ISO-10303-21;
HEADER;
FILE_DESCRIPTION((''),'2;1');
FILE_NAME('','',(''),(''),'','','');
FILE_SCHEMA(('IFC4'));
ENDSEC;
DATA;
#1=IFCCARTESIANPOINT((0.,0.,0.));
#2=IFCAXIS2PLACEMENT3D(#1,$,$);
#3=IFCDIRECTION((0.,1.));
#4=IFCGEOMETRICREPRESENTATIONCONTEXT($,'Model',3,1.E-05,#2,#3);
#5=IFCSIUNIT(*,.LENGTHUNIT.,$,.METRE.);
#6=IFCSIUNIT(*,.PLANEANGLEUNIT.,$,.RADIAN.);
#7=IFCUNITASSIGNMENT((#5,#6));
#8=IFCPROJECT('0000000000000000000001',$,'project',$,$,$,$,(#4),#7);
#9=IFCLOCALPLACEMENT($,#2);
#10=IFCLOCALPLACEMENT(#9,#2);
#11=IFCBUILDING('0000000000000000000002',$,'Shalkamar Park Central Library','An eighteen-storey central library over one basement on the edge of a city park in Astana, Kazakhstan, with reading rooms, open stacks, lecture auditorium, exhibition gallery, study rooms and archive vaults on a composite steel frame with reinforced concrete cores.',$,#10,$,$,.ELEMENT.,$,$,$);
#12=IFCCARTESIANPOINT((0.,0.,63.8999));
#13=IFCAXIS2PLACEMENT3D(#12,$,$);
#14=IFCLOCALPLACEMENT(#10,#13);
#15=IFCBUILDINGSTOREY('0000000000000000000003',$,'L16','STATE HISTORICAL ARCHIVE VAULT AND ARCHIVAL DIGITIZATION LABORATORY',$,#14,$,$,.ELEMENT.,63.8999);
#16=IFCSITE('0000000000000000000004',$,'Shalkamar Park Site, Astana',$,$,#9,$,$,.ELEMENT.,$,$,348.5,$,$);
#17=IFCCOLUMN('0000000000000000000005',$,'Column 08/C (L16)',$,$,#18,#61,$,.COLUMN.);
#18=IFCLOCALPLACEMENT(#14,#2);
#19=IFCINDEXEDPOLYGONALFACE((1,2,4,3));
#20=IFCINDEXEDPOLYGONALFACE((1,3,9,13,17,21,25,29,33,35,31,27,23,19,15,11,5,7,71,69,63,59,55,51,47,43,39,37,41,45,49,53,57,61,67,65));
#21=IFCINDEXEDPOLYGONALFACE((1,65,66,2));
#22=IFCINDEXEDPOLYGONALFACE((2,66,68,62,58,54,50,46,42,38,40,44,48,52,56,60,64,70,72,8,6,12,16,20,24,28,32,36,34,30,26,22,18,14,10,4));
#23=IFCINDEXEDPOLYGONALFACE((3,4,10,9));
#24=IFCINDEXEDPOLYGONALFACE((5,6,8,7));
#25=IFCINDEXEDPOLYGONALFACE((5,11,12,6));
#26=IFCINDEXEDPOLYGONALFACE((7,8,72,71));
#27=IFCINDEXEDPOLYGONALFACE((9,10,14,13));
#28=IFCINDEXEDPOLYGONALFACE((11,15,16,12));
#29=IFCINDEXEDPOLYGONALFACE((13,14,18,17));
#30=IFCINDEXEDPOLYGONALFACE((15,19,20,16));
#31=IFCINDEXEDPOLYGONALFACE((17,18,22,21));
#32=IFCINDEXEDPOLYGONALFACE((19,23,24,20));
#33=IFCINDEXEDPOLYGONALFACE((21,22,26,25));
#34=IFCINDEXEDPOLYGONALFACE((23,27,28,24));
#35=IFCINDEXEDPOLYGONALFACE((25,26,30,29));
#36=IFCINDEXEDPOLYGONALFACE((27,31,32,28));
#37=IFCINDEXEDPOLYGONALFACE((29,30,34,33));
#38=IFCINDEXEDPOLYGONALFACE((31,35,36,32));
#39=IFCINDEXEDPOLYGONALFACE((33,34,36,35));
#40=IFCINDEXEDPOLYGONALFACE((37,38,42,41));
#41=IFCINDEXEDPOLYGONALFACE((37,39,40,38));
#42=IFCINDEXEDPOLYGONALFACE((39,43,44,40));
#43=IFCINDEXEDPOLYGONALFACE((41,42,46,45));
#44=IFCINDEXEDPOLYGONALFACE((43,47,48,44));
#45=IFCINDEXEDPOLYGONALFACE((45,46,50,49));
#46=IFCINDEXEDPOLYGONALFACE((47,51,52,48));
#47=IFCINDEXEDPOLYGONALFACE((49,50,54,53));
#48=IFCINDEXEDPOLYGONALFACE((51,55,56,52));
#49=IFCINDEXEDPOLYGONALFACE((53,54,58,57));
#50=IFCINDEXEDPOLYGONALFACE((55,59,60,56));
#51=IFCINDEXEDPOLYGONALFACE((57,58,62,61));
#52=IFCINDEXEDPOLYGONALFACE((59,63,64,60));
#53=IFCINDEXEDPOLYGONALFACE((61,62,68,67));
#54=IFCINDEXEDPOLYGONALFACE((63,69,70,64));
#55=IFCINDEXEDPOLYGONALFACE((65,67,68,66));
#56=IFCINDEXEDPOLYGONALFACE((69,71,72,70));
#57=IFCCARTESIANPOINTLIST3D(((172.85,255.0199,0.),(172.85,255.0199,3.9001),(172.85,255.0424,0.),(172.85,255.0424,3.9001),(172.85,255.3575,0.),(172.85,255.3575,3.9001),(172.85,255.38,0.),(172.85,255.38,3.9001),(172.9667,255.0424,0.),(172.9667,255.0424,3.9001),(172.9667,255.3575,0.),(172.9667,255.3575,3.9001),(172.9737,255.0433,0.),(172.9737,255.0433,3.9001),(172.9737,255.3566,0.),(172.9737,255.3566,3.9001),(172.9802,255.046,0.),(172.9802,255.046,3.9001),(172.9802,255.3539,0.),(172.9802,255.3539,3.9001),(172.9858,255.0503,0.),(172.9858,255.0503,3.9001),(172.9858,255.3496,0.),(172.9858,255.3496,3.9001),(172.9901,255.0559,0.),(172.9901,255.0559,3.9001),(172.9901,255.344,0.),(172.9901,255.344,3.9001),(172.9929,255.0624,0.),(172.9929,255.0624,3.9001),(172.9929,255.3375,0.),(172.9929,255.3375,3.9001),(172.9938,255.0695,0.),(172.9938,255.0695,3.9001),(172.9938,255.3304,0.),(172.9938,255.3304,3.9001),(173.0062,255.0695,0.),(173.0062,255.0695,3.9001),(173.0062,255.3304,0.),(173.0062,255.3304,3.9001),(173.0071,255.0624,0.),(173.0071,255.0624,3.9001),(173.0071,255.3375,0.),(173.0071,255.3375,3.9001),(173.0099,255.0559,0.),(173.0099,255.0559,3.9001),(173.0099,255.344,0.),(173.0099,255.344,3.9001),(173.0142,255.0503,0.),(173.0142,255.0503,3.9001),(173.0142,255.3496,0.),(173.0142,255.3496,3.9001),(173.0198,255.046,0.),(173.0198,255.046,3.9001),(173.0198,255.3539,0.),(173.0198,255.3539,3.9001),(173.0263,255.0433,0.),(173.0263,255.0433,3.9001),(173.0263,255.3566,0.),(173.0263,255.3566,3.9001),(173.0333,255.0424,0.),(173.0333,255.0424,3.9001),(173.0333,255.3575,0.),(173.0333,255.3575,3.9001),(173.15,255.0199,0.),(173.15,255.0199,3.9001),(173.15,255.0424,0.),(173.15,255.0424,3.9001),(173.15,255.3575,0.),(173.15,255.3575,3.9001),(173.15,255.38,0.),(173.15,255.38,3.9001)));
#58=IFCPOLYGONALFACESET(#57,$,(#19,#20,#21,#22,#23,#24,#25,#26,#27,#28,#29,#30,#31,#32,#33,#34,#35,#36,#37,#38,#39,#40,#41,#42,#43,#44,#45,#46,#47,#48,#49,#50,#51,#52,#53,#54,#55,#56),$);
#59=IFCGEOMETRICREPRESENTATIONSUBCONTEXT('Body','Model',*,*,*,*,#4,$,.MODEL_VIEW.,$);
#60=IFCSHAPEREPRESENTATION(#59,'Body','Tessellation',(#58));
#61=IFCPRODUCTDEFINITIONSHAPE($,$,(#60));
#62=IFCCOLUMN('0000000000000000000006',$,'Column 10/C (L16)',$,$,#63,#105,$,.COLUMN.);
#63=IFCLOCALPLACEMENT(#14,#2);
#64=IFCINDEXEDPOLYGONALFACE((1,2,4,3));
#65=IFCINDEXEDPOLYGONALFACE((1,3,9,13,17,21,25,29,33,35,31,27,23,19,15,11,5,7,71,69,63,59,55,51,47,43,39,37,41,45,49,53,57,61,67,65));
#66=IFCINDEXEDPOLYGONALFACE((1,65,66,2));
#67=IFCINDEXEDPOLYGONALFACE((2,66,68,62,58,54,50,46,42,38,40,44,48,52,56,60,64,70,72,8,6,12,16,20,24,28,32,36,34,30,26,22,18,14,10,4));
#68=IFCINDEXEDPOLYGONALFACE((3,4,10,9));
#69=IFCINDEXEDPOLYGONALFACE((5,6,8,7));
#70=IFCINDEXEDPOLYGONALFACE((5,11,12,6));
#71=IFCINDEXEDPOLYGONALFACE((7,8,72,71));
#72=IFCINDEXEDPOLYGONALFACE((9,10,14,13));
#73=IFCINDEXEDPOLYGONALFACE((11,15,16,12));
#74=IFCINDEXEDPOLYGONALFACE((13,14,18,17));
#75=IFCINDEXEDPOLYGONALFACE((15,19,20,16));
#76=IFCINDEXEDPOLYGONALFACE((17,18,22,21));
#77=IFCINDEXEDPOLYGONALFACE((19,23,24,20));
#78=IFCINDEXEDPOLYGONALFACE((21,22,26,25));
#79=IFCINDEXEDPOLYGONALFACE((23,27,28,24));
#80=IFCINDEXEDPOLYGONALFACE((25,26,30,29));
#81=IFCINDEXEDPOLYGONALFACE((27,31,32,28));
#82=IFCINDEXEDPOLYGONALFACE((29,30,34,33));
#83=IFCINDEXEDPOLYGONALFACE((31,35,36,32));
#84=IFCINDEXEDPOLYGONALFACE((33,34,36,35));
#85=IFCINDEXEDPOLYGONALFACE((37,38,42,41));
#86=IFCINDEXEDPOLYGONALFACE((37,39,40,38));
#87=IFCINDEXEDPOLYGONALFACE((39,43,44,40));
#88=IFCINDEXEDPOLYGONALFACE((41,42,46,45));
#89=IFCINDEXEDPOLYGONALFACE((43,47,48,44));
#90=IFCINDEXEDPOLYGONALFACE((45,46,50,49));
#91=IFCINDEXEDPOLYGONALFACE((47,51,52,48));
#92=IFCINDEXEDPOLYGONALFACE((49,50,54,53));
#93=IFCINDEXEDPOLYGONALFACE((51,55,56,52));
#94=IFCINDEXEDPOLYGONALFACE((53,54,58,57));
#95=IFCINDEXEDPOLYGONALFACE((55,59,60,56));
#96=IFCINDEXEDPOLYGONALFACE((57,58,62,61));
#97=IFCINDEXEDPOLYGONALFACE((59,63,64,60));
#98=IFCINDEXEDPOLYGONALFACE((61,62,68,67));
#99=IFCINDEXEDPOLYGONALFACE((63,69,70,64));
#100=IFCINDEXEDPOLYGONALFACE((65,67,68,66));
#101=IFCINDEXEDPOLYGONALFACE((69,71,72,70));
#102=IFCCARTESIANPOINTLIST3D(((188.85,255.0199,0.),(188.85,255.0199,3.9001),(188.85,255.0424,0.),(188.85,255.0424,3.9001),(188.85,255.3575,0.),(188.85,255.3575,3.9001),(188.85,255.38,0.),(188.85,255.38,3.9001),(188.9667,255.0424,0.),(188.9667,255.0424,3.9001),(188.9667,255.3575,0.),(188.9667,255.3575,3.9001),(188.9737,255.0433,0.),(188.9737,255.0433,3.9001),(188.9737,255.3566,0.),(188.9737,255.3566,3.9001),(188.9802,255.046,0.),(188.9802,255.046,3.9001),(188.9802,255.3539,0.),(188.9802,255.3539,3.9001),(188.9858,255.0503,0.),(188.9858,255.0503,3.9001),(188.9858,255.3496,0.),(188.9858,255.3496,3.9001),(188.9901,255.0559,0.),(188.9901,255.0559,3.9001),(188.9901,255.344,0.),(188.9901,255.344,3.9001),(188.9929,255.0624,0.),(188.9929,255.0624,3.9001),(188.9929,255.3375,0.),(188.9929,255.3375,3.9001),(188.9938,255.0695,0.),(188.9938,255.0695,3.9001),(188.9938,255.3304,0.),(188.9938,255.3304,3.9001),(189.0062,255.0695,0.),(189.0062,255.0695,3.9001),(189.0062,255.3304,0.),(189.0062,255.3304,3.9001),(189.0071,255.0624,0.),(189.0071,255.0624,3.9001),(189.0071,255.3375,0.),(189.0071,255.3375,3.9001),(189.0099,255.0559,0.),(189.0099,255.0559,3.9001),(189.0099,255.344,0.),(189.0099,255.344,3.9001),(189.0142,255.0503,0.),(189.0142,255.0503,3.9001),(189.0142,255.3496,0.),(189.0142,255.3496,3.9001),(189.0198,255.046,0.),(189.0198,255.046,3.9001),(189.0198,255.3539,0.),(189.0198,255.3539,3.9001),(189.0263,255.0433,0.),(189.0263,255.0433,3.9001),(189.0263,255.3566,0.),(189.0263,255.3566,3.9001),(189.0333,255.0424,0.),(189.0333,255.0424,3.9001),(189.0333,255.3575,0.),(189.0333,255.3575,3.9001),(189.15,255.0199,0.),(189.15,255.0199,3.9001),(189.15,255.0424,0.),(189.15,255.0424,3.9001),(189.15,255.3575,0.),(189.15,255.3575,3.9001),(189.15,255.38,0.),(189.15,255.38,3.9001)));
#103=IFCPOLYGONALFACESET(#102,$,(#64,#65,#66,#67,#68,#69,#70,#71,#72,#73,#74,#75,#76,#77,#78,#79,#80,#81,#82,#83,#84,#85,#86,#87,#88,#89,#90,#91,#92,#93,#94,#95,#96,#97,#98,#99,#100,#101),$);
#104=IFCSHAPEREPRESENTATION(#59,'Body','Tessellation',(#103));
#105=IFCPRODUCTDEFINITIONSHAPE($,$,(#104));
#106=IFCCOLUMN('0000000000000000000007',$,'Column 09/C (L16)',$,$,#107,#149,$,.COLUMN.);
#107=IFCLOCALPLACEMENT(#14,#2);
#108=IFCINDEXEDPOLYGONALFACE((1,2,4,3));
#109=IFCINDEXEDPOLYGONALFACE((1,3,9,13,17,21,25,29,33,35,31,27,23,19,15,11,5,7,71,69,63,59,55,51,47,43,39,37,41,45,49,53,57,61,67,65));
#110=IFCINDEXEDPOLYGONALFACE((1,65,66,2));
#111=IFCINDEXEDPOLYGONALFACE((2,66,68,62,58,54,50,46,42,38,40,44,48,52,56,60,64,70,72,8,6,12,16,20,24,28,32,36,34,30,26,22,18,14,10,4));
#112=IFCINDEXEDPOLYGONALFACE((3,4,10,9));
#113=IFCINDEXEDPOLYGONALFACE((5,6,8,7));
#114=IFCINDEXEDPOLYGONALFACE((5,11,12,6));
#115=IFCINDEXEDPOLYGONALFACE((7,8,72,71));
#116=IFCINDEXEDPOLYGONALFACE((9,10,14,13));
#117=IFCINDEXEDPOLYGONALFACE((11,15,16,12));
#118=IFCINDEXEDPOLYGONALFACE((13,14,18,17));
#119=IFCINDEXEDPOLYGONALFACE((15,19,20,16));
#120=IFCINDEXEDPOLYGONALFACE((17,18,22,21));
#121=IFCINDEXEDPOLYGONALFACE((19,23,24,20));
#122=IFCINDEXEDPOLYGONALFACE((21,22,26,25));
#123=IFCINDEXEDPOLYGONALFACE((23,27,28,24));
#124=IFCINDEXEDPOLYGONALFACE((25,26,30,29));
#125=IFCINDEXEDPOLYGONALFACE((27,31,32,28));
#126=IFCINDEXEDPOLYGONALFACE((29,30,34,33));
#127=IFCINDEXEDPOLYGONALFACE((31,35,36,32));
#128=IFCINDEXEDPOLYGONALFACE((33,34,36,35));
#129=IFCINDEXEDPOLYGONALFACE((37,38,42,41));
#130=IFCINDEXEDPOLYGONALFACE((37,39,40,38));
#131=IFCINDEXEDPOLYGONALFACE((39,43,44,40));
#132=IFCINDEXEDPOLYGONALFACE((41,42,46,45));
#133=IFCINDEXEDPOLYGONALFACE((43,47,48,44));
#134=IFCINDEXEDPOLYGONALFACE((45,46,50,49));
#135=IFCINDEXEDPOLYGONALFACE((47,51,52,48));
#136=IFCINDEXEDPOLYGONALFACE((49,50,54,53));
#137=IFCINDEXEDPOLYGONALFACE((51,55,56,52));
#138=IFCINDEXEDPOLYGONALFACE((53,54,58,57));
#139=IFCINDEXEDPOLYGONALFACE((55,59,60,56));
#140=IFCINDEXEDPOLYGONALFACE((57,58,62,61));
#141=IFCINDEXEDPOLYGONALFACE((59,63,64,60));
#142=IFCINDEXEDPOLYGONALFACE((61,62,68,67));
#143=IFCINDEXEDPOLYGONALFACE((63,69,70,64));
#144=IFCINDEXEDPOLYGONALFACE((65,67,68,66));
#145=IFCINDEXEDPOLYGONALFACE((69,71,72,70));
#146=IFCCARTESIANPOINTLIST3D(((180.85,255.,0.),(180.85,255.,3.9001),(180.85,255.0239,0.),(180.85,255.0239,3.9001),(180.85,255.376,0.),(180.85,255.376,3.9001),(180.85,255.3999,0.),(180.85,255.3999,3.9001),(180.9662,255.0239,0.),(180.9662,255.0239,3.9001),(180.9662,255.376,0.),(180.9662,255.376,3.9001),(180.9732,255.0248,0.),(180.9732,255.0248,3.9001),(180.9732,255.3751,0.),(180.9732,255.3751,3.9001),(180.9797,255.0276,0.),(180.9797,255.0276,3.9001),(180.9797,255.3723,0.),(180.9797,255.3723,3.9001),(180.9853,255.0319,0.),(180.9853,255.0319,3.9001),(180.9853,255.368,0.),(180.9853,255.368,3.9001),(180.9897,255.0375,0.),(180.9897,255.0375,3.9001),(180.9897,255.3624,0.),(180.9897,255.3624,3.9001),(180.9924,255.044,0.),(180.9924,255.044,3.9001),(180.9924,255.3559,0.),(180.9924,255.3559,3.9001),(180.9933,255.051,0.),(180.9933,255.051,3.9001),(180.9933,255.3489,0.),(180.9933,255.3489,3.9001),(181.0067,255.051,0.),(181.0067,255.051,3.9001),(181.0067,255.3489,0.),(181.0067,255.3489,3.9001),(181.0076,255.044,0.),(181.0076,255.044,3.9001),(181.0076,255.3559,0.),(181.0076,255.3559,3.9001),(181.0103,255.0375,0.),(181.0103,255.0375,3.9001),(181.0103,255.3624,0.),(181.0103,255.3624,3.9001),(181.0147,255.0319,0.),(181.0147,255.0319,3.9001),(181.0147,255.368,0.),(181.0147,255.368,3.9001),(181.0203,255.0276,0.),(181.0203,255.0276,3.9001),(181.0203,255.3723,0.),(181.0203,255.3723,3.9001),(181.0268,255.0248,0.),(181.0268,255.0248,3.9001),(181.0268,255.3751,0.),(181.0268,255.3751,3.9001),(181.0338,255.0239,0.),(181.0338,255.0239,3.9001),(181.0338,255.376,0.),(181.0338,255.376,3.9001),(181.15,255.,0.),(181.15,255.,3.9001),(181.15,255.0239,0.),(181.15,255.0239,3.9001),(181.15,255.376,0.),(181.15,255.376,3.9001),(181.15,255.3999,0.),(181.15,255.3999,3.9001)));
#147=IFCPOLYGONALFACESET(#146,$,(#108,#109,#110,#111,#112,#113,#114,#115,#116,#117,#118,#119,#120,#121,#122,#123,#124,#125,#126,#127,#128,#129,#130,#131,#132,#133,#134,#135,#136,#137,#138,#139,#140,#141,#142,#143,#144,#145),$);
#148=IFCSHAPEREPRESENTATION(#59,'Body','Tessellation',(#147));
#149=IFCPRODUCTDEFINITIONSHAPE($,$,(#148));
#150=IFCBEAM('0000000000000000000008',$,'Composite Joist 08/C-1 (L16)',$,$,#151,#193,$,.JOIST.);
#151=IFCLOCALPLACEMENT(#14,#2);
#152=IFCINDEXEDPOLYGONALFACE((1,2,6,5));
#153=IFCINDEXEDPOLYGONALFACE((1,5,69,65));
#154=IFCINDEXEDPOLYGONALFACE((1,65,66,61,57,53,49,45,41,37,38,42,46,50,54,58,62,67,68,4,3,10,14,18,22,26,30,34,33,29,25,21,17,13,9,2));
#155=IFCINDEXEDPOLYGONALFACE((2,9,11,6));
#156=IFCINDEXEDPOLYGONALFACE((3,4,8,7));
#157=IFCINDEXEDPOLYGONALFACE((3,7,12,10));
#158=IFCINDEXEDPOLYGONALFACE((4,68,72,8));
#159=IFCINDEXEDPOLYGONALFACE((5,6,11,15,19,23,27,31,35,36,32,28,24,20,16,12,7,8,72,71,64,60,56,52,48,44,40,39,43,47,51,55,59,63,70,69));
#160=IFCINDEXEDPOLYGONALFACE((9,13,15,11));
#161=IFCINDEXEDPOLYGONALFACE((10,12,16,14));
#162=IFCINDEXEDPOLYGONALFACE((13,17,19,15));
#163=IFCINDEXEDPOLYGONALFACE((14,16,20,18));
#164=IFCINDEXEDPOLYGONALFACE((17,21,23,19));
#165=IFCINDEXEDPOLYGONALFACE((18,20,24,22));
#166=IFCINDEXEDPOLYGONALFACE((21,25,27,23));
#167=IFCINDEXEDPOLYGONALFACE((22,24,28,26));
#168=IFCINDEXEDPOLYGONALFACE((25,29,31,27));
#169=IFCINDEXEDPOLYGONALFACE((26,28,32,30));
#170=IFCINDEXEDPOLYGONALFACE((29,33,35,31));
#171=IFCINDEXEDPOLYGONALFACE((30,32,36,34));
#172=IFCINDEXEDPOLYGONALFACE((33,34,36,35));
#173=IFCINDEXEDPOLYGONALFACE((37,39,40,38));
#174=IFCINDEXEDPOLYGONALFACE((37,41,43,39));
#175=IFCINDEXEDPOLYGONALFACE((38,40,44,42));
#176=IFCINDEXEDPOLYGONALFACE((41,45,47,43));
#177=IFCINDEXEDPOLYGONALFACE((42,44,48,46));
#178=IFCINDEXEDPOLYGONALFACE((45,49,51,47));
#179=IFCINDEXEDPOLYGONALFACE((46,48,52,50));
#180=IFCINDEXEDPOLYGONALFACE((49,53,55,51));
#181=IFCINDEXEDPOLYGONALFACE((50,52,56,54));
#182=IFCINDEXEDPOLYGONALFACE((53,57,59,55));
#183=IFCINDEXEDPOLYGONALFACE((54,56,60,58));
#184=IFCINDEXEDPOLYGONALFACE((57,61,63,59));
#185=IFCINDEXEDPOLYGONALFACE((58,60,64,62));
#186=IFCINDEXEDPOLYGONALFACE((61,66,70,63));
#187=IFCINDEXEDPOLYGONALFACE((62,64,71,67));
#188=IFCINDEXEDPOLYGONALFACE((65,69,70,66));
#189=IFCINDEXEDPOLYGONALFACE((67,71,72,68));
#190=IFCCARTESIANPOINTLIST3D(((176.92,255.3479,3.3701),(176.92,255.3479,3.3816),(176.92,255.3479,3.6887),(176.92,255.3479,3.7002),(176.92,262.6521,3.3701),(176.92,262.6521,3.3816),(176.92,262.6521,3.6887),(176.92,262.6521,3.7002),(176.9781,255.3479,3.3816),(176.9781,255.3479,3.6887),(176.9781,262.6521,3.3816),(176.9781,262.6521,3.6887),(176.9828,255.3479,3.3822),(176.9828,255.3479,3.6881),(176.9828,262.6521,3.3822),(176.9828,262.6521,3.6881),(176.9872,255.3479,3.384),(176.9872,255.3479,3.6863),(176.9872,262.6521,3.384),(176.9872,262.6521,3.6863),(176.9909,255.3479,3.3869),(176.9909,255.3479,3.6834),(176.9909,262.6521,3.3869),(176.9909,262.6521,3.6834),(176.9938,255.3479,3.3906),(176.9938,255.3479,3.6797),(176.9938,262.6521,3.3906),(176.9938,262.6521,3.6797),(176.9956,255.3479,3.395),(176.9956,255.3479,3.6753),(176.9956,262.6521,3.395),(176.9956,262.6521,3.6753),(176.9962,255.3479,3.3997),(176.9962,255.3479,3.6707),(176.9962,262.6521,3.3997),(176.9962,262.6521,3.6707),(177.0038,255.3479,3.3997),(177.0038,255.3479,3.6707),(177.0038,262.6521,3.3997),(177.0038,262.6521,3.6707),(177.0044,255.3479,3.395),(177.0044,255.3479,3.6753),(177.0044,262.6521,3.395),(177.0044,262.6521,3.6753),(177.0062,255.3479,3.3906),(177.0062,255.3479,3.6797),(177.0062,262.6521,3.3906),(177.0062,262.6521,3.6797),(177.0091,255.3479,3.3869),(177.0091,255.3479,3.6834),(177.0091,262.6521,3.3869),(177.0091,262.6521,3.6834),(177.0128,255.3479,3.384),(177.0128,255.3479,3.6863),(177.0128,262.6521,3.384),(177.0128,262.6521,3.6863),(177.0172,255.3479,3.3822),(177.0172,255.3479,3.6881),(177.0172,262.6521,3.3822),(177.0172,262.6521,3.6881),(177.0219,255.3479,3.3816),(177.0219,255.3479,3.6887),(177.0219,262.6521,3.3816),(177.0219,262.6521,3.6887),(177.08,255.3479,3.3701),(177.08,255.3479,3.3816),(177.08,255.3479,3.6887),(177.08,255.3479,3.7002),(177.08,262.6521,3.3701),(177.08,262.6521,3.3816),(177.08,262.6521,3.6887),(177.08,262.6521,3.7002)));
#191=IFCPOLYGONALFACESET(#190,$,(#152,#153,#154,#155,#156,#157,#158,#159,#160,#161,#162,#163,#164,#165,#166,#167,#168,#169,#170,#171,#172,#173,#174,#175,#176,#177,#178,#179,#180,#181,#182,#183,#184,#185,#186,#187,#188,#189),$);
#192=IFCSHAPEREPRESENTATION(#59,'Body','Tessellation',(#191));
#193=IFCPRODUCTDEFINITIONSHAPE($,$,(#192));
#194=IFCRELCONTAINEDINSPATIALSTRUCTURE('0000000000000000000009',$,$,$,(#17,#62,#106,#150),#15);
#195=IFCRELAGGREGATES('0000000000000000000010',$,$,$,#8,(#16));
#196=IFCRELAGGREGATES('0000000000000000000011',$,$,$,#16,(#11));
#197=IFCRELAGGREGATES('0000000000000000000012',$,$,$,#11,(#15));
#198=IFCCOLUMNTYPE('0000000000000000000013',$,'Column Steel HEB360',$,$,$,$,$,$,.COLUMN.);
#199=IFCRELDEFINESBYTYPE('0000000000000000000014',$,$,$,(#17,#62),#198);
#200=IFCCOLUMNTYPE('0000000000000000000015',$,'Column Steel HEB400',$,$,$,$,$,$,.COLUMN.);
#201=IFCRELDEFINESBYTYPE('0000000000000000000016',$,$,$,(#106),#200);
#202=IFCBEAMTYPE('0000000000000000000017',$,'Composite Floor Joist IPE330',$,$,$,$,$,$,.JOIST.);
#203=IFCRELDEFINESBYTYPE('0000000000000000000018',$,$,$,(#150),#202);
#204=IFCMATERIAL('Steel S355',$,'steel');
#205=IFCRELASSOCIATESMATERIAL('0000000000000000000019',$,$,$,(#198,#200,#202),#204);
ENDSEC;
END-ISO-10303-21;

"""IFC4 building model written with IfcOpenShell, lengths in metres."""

from ifc_helpers import new_model, si_unit, direction, frame, origin, origin_2d, place, context, subcontext, project, spatial, i_section, extrude, material, material_profile, profile_set, type_object, element, save


model = new_model("IFC4")

# Units and contexts
model_context = context("Model", 3, precision=1e-05, world=origin(), true_north=direction((0.0, 1.0)))
body_context = subcontext(model_context, "Body", "Model", "MODEL_VIEW")
ifc_project = project(units=[si_unit("LENGTHUNIT", "METRE"), si_unit("PLANEANGLEUNIT", "RADIAN")], contexts=[model_context])

# Site, building, storey
site_placement = place(None, origin())
site = spatial("IfcSite", under=ifc_project, at=site_placement, Name="Shalkamar Park Site, Astana", CompositionType="ELEMENT", RefElevation=348.5)
building_placement = place(site_placement, origin())
building = spatial("IfcBuilding", under=site, at=building_placement, Name="Shalkamar Park Central Library", Description="An eighteen-storey central library over one basement on the edge of a city park in Astana, Kazakhstan, with reading rooms, open stacks, lecture auditorium, exhibition gallery, study rooms and archive vaults on a composite steel frame with reinforced concrete cores.", CompositionType="ELEMENT")
storey_placement = place(building_placement, frame((0.0, 0.0, 63.8999)))
storey = spatial("IfcBuildingStorey", under=building, at=storey_placement, Name="L16", Description="STATE HISTORICAL ARCHIVE VAULT AND ARCHIVAL DIGITIZATION LABORATORY", CompositionType="ELEMENT", Elevation=63.8999)

# Columns
ifc_material_1 = material(Name="Steel S355", Category="steel")
ifc_material_profile_1 = material_profile(ifc_material_1, i_section(OverallWidth=0.3, OverallDepth=0.3601, WebThickness=0.0125, FlangeThickness=0.0225, FilletRadius=0.0271, at=origin_2d()), Name="HEB 360")
ifc_profile_set_1 = profile_set([ifc_material_profile_1], Name="Steel S355")
column_type_1 = type_object("IfcColumnType", Name="Column Steel HEB360", PredefinedType="COLUMN", material=ifc_profile_set_1)
for number, where, z_axis, x_axis, name in (
    (1, (173.0, 255.2, 0.0), (0.0, 0.0, 1.0), (1.0, 0.0, 0.0), "Column 08/C (L16)"),
    (2, (189.0, 255.2, 0.0), (0.0, 0.0, 1.0), (1.0, 0.0, 0.0), "Column 10/C (L16)"),
):
    element("IfcColumn", number, at=place(storey_placement, frame(where, z_axis=z_axis, x_axis=x_axis)), inside=storey, type_object=column_type_1, Name=name, PredefinedType="COLUMN", context=body_context, shape_type="SweptSolid", body=[
        extrude(i_section(OverallWidth=0.3, OverallDepth=0.3601, WebThickness=0.0125, FlangeThickness=0.0225, FilletRadius=0.0271, at=origin_2d()), origin(), (0.0, 0.0, 1.0), 3.9001),
    ])
ifc_material_profile_2 = material_profile(ifc_material_1, i_section(OverallWidth=0.3, OverallDepth=0.3999, WebThickness=0.0134, FlangeThickness=0.0239, FilletRadius=0.0271, at=origin_2d()), Name="HEB 400")
ifc_profile_set_2 = profile_set([ifc_material_profile_2], Name="Steel S355")
column_type_2 = type_object("IfcColumnType", Name="Column Steel HEB400", PredefinedType="COLUMN", material=ifc_profile_set_2)
column_placement = place(storey_placement, frame((181.0, 255.2, 0.0), z_axis=(0.0, 0.0, 1.0), x_axis=(1.0, 0.0, 0.0)))
element("IfcColumn", 3, at=column_placement, inside=storey, type_object=column_type_2, Name="Column 09/C (L16)", PredefinedType="COLUMN", context=body_context, shape_type="SweptSolid", body=[
    extrude(i_section(OverallWidth=0.3, OverallDepth=0.3999, WebThickness=0.0134, FlangeThickness=0.0239, FilletRadius=0.0271, at=origin_2d()), origin(), (0.0, 0.0, 1.0), 3.9001),
])

# Beam
ifc_material_profile_3 = material_profile(ifc_material_1, i_section(OverallWidth=0.1599, OverallDepth=0.3301, WebThickness=0.0076, FlangeThickness=0.0115, FilletRadius=0.0181, at=origin_2d()), Name="IPE 330")
ifc_profile_set_3 = profile_set([ifc_material_profile_3], Name="Steel S355")
beam_type_1 = type_object("IfcBeamType", Name="Composite Floor Joist IPE330", PredefinedType="JOIST", material=ifc_profile_set_3)
for number, where, z_axis, x_axis, name in (
    (4, (177.0, 255.3479, 3.5352), (0.0, 1.0, 0.0), (-1.0, 0.0, 0.0), "Composite Joist 08/C-1 (L16)"),
):
    element("IfcBeam", number, at=place(storey_placement, frame(where, z_axis=z_axis, x_axis=x_axis)), inside=storey, type_object=beam_type_1, Name=name, PredefinedType="JOIST", context=body_context, shape_type="SweptSolid", body=[
        extrude(i_section(OverallWidth=0.1599, OverallDepth=0.3301, WebThickness=0.0076, FlangeThickness=0.0115, FilletRadius=0.0181, at=origin_2d()), origin(), (0.0, 0.0, 1.0), 7.3042),
    ])

save(model, "model.ifc")
